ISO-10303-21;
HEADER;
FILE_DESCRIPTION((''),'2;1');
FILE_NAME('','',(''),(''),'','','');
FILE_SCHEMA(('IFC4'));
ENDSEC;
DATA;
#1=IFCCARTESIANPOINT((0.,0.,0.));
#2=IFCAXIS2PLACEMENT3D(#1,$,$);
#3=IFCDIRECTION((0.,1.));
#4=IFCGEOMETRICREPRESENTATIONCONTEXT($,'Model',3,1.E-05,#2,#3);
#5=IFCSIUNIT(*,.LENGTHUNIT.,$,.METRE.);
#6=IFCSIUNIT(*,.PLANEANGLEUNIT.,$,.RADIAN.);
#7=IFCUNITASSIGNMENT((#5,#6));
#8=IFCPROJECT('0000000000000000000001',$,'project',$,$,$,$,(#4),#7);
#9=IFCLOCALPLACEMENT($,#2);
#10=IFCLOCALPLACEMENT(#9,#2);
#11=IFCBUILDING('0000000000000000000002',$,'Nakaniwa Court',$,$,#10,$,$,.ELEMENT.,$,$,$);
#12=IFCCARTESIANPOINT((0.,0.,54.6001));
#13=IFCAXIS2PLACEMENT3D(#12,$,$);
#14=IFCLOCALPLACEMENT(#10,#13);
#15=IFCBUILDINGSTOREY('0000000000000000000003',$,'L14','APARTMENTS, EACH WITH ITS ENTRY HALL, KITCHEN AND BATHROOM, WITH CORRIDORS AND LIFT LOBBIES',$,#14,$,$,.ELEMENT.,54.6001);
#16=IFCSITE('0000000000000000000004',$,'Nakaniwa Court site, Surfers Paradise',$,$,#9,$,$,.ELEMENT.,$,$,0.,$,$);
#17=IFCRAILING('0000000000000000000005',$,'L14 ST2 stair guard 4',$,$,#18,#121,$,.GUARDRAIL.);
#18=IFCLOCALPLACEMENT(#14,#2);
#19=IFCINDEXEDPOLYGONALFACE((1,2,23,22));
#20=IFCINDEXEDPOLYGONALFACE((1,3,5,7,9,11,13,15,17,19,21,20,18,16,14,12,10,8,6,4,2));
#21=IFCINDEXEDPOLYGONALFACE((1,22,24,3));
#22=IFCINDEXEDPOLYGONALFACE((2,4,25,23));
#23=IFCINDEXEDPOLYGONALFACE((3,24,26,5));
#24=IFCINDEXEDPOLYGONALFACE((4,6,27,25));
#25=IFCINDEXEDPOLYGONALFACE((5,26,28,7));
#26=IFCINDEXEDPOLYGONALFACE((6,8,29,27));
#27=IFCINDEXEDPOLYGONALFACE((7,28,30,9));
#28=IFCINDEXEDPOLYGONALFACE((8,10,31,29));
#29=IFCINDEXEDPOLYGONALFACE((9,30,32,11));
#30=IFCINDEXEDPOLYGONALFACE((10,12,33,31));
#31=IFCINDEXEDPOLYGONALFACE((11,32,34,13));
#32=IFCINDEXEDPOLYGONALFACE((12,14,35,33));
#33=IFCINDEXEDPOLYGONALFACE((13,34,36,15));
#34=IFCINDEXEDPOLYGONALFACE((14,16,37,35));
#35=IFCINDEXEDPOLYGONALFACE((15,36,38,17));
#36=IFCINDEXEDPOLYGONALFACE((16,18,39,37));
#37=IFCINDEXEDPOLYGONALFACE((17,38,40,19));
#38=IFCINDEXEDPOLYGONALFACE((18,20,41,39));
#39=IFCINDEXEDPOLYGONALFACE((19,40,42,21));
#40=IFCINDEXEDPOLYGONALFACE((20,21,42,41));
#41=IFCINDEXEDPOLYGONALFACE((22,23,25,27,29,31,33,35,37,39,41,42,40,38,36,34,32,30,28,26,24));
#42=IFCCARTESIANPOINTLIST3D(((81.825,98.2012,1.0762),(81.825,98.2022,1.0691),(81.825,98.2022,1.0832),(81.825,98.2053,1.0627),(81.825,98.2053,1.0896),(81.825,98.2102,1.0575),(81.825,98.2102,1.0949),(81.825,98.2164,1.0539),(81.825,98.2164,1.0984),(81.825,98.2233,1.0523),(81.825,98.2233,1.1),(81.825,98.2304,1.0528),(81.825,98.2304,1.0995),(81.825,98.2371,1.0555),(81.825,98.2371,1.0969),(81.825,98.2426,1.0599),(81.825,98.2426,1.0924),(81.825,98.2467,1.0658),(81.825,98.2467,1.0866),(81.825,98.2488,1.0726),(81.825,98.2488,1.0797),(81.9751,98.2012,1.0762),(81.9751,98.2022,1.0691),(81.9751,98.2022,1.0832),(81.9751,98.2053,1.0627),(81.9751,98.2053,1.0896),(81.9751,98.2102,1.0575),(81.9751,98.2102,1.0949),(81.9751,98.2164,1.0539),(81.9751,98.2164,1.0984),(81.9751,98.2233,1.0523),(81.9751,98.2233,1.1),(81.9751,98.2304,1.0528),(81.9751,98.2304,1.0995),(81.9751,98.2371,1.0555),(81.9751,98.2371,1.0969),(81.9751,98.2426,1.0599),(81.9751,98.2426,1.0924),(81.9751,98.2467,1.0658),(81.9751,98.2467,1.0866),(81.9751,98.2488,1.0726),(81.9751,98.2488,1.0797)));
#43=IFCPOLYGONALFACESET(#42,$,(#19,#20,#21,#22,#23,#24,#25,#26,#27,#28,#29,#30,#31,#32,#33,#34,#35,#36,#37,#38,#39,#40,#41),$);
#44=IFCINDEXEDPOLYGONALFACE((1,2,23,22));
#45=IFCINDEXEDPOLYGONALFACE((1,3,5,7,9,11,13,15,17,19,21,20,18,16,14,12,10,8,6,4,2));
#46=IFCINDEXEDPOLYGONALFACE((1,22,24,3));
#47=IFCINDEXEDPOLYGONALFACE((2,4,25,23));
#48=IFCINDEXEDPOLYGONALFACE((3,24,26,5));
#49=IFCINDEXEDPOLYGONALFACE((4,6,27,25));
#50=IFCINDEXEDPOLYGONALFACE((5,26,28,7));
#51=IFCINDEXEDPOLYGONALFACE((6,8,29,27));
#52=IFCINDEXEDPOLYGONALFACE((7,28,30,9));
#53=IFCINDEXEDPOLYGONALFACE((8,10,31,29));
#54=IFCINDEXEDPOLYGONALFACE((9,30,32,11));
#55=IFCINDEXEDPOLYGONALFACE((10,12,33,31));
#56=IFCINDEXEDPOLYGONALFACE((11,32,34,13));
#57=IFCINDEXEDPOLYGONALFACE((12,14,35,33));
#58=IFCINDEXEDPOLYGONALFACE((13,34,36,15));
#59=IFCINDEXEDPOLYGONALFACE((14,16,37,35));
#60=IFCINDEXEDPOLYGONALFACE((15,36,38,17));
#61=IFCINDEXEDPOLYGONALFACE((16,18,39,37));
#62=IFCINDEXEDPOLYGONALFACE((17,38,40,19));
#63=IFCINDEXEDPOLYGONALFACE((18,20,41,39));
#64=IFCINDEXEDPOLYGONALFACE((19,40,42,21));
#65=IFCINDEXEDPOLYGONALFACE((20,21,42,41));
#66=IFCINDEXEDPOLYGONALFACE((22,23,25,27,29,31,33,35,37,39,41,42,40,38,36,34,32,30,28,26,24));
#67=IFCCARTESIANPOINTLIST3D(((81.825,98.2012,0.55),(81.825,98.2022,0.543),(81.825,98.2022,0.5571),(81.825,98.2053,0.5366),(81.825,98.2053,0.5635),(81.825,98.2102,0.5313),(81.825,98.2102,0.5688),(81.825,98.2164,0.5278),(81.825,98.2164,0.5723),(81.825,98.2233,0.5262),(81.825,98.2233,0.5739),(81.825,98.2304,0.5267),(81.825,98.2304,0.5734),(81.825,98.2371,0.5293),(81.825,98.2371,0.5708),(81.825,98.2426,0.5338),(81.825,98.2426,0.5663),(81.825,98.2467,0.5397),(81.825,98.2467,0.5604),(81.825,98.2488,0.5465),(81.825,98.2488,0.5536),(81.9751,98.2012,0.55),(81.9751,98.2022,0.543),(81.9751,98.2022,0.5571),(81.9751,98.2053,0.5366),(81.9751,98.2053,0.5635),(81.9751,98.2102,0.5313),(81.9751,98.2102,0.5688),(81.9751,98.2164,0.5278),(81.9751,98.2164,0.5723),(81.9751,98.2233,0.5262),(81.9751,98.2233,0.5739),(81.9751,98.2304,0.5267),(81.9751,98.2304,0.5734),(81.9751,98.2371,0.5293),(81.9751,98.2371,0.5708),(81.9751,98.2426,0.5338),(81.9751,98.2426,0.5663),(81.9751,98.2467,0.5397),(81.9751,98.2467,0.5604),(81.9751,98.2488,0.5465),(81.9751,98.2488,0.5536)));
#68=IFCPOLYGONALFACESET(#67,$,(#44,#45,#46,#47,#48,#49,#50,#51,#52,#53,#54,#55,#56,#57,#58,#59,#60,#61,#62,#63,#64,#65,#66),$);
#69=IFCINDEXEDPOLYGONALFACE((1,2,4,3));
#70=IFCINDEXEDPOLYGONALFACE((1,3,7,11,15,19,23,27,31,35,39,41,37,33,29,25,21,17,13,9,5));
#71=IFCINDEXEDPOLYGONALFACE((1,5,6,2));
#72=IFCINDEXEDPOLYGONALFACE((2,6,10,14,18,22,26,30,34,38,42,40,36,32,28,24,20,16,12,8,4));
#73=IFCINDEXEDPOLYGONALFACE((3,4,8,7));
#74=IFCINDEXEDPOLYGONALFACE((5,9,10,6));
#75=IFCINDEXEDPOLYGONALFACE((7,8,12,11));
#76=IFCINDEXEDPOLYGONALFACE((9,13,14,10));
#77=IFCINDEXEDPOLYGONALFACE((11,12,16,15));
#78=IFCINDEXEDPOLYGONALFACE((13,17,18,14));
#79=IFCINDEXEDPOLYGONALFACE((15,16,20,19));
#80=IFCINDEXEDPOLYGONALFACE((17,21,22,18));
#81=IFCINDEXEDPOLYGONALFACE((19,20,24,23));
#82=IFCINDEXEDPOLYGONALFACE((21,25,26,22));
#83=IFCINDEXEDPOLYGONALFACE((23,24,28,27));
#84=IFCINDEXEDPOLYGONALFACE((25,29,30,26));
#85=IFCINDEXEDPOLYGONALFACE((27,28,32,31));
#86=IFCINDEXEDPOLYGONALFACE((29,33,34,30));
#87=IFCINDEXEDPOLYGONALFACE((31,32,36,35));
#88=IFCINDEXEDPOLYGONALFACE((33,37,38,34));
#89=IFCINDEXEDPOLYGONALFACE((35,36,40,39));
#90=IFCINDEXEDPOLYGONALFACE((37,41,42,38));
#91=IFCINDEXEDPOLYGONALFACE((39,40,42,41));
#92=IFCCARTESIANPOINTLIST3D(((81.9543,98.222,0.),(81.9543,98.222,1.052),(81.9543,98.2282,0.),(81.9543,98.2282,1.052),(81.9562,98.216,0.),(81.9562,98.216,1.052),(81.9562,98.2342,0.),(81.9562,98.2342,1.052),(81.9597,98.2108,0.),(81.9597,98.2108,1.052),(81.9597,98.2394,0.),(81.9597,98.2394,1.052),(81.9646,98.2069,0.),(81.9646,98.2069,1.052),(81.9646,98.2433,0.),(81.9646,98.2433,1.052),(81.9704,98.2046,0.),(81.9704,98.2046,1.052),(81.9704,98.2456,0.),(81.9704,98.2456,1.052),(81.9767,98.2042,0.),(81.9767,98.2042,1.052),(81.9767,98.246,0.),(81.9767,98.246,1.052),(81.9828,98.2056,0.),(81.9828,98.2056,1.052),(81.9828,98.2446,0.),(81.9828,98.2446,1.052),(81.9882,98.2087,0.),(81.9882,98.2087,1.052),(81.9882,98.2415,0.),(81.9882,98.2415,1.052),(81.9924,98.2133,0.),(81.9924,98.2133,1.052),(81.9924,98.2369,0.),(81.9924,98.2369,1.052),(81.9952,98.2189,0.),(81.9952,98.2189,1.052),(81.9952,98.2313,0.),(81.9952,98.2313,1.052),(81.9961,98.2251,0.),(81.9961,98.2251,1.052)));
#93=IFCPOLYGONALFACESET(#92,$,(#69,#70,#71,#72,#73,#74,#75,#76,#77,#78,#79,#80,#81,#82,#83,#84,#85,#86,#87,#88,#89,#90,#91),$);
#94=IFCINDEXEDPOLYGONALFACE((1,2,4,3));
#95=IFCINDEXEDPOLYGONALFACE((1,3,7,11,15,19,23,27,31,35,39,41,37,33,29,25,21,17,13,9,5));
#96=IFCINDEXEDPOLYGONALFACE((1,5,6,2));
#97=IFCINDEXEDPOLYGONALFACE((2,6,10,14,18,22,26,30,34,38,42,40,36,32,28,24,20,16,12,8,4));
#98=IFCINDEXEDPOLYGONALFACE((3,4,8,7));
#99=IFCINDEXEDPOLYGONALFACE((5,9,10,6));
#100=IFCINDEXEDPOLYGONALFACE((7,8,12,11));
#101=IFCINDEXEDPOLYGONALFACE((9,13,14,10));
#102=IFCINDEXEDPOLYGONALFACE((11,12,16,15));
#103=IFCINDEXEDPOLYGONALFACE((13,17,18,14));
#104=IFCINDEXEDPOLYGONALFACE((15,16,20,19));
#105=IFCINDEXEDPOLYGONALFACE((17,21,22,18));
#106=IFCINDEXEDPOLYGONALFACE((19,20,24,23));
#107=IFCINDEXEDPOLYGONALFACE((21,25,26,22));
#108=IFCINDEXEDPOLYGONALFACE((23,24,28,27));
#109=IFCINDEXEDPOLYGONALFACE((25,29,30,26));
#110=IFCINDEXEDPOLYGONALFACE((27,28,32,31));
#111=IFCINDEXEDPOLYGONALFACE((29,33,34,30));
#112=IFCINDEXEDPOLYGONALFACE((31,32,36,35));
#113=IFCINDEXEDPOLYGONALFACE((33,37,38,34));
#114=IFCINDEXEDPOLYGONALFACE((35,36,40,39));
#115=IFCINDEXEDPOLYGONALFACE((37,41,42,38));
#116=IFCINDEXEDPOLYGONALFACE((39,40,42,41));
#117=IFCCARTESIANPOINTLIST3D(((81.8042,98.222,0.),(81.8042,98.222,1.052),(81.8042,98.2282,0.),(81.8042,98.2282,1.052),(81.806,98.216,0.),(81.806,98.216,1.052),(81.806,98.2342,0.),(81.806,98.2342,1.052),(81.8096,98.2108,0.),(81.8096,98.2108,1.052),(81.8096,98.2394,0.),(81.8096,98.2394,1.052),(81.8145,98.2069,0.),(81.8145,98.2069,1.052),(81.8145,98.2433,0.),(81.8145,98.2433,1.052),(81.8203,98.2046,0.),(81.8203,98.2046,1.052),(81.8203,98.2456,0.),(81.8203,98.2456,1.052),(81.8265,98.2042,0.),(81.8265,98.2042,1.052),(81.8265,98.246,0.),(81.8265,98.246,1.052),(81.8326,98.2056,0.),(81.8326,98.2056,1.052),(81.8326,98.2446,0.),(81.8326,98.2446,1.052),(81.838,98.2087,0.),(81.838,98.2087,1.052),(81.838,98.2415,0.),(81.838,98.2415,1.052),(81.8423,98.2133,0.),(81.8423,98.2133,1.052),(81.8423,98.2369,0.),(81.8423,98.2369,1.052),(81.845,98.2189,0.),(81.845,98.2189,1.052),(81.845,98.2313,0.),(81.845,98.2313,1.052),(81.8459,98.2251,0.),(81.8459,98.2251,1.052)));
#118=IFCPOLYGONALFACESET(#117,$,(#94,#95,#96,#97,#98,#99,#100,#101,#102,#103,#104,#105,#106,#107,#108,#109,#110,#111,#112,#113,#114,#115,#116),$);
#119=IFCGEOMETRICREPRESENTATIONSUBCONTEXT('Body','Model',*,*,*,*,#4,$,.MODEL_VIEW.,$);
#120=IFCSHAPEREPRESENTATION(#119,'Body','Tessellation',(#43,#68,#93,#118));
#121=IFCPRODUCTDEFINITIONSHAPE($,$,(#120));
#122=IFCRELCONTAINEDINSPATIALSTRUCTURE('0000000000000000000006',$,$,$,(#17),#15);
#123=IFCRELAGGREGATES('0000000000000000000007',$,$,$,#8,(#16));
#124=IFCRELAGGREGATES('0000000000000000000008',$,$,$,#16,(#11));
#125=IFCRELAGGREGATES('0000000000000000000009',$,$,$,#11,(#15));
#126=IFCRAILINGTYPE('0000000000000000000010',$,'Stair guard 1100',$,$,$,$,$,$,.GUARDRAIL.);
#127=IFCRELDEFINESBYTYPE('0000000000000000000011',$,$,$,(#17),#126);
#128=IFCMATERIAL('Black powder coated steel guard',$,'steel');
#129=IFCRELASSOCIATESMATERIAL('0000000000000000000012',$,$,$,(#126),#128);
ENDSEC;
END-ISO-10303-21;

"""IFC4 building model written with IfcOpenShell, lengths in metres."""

from ifc_helpers import new_model, si_unit, direction, frame, origin, origin_2d, place, context, subcontext, project, spatial, circle, extrude, material, type_object, element, save


model = new_model("IFC4")

# Units and contexts
model_context = context("Model", 3, precision=1e-05, world=origin(), true_north=direction((0.0, 1.0)))
body_context = subcontext(model_context, "Body", "Model", "MODEL_VIEW")
ifc_project = project(units=[si_unit("LENGTHUNIT", "METRE"), si_unit("PLANEANGLEUNIT", "RADIAN")], contexts=[model_context])

# Site, building, storey
site_placement = place(None, origin())
site = spatial("IfcSite", under=ifc_project, at=site_placement, Name="Nakaniwa Court site, Surfers Paradise", CompositionType="ELEMENT", RefElevation=0.0)
building_placement = place(site_placement, origin())
building = spatial("IfcBuilding", under=site, at=building_placement, Name="Nakaniwa Court", CompositionType="ELEMENT")
storey_placement = place(building_placement, frame((0.0, 0.0, 54.6001)))
storey = spatial("IfcBuildingStorey", under=building, at=storey_placement, Name="L14", Description="APARTMENTS, EACH WITH ITS ENTRY HALL, KITCHEN AND BATHROOM, WITH CORRIDORS AND LIFT LOBBIES", CompositionType="ELEMENT", Elevation=54.6001)

# Railing
ifc_material_1 = material(Name="Black powder coated steel guard", Category="steel")
railing_type_1 = type_object("IfcRailingType", Name="Stair guard 1100", PredefinedType="GUARDRAIL", material=ifc_material_1)
railing_1_placement = place(storey_placement, frame((81.9751, 98.2251, 0.0)))
element("IfcRailing", 1, at=railing_1_placement, inside=storey, type_object=railing_type_1, Name="L14 ST2 stair guard 4", PredefinedType="GUARDRAIL", context=body_context, shape_type="SweptSolid", body=[
    extrude(circle(Radius=0.0239, at=origin_2d()), frame((0.0, 0.0, 1.0762), z_axis=(-1.0, 0.0, 0.0), x_axis=(0.0, -1.0, 0.0)), (0.0, 0.0, 1.0), 0.1501),
    extrude(circle(Radius=0.0239, at=origin_2d()), frame((0.0, 0.0, 0.55), z_axis=(-1.0, 0.0, 0.0), x_axis=(0.0, -1.0, 0.0)), (0.0, 0.0, 1.0), 0.1501),
    extrude(circle(Radius=0.021, at=origin_2d()), origin(), (0.0, 0.0, 1.0), 1.052),
    extrude(circle(Radius=0.021, at=origin_2d()), frame((-0.1501, 0.0, 0.0)), (0.0, 0.0, 1.0), 1.052),
])

save(model, "model.ifc")
